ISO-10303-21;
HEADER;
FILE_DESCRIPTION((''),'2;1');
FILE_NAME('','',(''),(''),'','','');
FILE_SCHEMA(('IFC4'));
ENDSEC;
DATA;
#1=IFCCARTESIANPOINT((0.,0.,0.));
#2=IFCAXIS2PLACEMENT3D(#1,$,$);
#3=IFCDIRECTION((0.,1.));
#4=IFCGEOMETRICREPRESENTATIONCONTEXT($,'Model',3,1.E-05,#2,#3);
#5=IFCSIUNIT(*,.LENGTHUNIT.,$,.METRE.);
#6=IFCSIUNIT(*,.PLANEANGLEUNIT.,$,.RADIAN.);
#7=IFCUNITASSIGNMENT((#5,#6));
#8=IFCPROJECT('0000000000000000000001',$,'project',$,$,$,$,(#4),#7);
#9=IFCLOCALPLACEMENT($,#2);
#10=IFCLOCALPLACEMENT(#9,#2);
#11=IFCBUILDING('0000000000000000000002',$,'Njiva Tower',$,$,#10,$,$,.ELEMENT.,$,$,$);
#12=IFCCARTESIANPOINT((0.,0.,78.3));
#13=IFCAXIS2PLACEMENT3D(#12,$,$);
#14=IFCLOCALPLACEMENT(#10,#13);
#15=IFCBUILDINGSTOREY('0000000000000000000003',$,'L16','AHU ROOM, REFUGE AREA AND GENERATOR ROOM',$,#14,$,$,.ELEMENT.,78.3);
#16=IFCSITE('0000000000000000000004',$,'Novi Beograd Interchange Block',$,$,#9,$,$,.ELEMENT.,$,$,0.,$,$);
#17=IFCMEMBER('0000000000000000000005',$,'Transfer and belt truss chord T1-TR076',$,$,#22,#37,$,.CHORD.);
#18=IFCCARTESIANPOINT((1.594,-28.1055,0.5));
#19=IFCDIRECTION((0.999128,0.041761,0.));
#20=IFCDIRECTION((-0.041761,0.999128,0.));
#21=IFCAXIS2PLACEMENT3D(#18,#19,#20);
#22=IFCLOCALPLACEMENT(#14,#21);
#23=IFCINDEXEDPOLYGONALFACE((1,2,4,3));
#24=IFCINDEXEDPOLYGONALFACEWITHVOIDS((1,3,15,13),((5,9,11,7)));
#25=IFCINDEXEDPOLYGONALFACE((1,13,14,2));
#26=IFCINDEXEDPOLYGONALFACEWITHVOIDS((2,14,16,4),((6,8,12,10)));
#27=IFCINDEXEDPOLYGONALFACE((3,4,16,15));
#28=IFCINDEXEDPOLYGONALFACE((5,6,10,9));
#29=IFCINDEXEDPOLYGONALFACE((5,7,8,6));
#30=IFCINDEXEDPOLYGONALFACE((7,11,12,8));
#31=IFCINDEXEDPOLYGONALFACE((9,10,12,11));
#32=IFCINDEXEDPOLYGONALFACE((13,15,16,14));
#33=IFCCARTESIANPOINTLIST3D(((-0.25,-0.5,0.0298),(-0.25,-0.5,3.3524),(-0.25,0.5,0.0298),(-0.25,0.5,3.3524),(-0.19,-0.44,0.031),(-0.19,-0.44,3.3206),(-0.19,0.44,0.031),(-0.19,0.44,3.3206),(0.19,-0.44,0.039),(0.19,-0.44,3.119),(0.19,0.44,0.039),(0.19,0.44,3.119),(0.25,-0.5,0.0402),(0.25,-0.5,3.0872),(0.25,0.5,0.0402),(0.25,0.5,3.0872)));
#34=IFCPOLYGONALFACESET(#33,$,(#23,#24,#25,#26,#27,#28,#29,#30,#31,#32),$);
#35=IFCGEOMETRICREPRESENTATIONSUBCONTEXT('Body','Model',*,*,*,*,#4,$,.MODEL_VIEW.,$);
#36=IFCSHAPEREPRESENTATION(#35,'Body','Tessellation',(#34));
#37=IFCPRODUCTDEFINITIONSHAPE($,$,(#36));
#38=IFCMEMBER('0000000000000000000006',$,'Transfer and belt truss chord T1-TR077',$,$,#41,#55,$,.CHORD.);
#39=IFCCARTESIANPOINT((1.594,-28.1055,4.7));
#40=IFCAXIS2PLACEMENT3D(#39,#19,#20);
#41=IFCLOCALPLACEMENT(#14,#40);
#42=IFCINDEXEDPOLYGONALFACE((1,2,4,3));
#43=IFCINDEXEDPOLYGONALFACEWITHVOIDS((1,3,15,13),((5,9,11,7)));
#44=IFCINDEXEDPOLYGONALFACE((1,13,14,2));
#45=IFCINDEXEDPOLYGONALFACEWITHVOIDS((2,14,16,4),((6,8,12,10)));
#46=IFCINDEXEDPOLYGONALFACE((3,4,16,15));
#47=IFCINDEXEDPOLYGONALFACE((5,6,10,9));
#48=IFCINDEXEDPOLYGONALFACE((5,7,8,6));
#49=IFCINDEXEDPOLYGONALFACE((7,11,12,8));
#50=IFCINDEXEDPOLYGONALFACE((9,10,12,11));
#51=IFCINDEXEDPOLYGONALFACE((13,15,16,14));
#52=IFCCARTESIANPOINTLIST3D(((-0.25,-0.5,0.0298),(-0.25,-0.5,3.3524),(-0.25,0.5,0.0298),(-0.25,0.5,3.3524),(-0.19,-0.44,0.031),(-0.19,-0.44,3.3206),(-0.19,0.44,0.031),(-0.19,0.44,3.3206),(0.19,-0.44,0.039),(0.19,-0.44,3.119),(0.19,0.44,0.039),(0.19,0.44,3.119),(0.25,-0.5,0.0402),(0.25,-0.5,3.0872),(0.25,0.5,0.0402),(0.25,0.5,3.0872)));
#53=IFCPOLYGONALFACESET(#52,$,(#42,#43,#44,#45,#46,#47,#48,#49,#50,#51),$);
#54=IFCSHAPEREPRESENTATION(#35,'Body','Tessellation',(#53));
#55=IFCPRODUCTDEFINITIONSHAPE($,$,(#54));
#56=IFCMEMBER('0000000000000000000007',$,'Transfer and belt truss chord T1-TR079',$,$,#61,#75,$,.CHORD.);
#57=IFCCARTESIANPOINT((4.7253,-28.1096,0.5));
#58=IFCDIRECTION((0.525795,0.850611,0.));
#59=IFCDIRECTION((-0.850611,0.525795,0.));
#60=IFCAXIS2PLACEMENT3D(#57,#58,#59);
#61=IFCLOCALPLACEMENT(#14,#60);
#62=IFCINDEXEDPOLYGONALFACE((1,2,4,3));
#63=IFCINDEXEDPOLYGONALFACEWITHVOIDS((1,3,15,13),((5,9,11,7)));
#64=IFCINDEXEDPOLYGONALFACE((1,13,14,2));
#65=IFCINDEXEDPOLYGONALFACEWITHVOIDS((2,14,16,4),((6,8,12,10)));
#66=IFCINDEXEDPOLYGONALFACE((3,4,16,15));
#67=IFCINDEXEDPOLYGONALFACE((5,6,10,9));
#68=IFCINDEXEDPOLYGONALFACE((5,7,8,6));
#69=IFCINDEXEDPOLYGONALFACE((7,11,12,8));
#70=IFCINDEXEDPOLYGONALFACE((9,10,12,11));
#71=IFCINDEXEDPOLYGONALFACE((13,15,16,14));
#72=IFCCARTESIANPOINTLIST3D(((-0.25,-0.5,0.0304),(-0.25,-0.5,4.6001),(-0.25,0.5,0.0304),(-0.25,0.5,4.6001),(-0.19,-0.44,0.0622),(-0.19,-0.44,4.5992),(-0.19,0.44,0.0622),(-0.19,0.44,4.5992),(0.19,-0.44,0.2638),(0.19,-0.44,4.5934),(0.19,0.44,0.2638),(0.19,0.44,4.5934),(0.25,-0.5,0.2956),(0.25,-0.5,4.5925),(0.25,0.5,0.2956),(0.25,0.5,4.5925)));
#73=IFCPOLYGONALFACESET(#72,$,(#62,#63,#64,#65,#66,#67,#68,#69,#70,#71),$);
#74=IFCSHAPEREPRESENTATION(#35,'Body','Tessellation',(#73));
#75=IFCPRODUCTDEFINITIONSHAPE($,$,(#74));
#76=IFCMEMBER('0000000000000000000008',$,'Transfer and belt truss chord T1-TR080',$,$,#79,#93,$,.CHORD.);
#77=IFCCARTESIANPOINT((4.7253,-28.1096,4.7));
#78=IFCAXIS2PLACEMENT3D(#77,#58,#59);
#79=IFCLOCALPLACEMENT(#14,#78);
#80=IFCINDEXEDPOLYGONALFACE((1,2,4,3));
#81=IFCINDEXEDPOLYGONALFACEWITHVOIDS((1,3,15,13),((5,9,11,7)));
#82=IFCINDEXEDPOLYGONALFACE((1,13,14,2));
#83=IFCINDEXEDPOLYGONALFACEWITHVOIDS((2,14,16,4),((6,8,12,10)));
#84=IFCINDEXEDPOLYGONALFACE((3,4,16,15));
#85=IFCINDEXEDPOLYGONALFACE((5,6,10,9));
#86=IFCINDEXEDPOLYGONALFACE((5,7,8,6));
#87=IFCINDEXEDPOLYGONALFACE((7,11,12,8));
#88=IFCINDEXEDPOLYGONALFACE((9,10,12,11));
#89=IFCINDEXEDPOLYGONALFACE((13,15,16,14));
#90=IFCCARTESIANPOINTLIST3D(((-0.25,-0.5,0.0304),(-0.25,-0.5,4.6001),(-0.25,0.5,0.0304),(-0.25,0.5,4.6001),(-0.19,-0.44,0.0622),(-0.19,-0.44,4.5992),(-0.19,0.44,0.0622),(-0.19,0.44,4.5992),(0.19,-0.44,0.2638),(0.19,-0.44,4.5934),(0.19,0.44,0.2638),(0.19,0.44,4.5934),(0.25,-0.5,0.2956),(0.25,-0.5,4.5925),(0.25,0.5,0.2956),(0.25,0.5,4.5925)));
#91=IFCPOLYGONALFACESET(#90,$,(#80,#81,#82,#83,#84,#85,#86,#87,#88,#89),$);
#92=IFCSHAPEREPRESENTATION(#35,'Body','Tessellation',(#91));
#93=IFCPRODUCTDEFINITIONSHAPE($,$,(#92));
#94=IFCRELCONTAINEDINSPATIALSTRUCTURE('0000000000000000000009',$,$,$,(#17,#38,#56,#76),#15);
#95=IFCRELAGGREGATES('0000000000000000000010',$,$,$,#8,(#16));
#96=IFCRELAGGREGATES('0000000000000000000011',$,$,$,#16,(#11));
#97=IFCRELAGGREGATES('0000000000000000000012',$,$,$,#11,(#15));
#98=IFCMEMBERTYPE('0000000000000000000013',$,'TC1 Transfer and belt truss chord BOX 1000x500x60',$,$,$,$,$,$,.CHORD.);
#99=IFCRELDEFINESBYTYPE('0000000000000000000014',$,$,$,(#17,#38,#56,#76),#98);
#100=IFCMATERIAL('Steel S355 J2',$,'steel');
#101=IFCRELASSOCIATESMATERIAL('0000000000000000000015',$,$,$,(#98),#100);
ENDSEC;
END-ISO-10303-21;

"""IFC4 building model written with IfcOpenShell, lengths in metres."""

from ifc_helpers import new_model, si_unit, direction, frame, origin, origin_2d, place, context, subcontext, project, spatial, hollow_rectangle, extrude, clip, halfspace, material, material_profile, profile_set, type_object, element, save


model = new_model("IFC4")

# Units and contexts
model_context = context("Model", 3, precision=1e-05, world=origin(), true_north=direction((0.0, 1.0)))
body_context = subcontext(model_context, "Body", "Model", "MODEL_VIEW")
ifc_project = project(units=[si_unit("LENGTHUNIT", "METRE"), si_unit("PLANEANGLEUNIT", "RADIAN")], contexts=[model_context])

# Site, building, storey
site_placement = place(None, origin())
site = spatial("IfcSite", under=ifc_project, at=site_placement, Name="Novi Beograd Interchange Block", CompositionType="ELEMENT", RefElevation=0.0)
building_placement = place(site_placement, origin())
building = spatial("IfcBuilding", under=site, at=building_placement, Name="Njiva Tower", CompositionType="ELEMENT")
storey_placement = place(building_placement, frame((0.0, 0.0, 78.3)))
storey = spatial("IfcBuildingStorey", under=building, at=storey_placement, Name="L16", Description="AHU ROOM, REFUGE AREA AND GENERATOR ROOM", CompositionType="ELEMENT", Elevation=78.3)

# Shared definitions
ifc_material_1 = material(Name="Steel S355 J2", Category="steel")

# Members
ifc_material_profile_1 = material_profile(ifc_material_1, hollow_rectangle(XDim=0.5, YDim=1.0, WallThickness=0.06, at=origin_2d()), Name="BOX 1000x500x60")
ifc_profile_set_1 = profile_set([ifc_material_profile_1], Name="Steel S355 J2")
member_type_1 = type_object("IfcMemberType", Name="TC1 Transfer and belt truss chord BOX 1000x500x60", PredefinedType="CHORD", material=ifc_profile_set_1)
member_1_placement = place(storey_placement, frame((1.594, -28.1055, 0.5), z_axis=(0.999128, 0.041761, 0.0), x_axis=(-0.041761, 0.999128, 0.0)))
element("IfcMember", 1, at=member_1_placement, inside=storey, type_object=member_type_1, Name="Transfer and belt truss chord T1-TR076", PredefinedType="CHORD", context=body_context, shape_type="Clipping", body=[
    clip(clip(extrude(hollow_rectangle(XDim=0.5, YDim=1.0, WallThickness=0.06, at=origin_2d()), origin(), (0.0, 0.0, 1.0), 3.3828), halfspace(frame((0.0, -78.8, 0.035), z_axis=(0.02088, 0.0, -0.999782), x_axis=(0.0, -1.0, 0.0)), False)), halfspace(frame((0.0, -78.8, 3.2198), z_axis=(0.468586, 0.0, 0.883418), x_axis=(0.0, 1.0, 0.0)), False)),
])
member_2_placement = place(storey_placement, frame((1.594, -28.1055, 4.7), z_axis=(0.999128, 0.041761, 0.0), x_axis=(-0.041761, 0.999128, 0.0)))
element("IfcMember", 2, at=member_2_placement, inside=storey, type_object=member_type_1, Name="Transfer and belt truss chord T1-TR077", PredefinedType="CHORD", context=body_context, shape_type="Clipping", body=[
    clip(clip(extrude(hollow_rectangle(XDim=0.5, YDim=1.0, WallThickness=0.06, at=origin_2d()), origin(), (0.0, 0.0, 1.0), 3.3828), halfspace(frame((0.0, -83.0, 0.035), z_axis=(0.02088, 0.0, -0.999782), x_axis=(0.0, -1.0, 0.0)), False)), halfspace(frame((0.0, -83.0, 3.2198), z_axis=(0.468586, 0.0, 0.883418), x_axis=(0.0, 1.0, 0.0)), False)),
])
member_3_placement = place(storey_placement, frame((4.7253, -28.1096, 0.5), z_axis=(0.525795, 0.850611, 0.0), x_axis=(-0.850611, 0.525795, 0.0)))
element("IfcMember", 3, at=member_3_placement, inside=storey, type_object=member_type_1, Name="Transfer and belt truss chord T1-TR079", PredefinedType="CHORD", context=body_context, shape_type="Clipping", body=[
    clip(clip(extrude(hollow_rectangle(XDim=0.5, YDim=1.0, WallThickness=0.06, at=origin_2d()), origin(), (0.0, 0.0, 1.0), 4.6303), halfspace(frame((0.0, -78.8, 0.163), z_axis=(0.468581, 0.0, -0.88342), x_axis=(0.0, -1.0, 0.0)), False)), halfspace(frame((0.0, -78.8, 4.5963), z_axis=(0.015019, 0.0, 0.999887), x_axis=(0.0, 1.0, 0.0)), False)),
])
member_4_placement = place(storey_placement, frame((4.7253, -28.1096, 4.7), z_axis=(0.525795, 0.850611, 0.0), x_axis=(-0.850611, 0.525795, 0.0)))
element("IfcMember", 4, at=member_4_placement, inside=storey, type_object=member_type_1, Name="Transfer and belt truss chord T1-TR080", PredefinedType="CHORD", context=body_context, shape_type="Clipping", body=[
    clip(clip(extrude(hollow_rectangle(XDim=0.5, YDim=1.0, WallThickness=0.06, at=origin_2d()), origin(), (0.0, 0.0, 1.0), 4.6303), halfspace(frame((0.0, -83.0, 0.163), z_axis=(0.468581, 0.0, -0.88342), x_axis=(0.0, -1.0, 0.0)), False)), halfspace(frame((0.0, -83.0, 4.5963), z_axis=(0.015019, 0.0, 0.999887), x_axis=(0.0, 1.0, 0.0)), False)),
])

save(model, "model.ifc")
